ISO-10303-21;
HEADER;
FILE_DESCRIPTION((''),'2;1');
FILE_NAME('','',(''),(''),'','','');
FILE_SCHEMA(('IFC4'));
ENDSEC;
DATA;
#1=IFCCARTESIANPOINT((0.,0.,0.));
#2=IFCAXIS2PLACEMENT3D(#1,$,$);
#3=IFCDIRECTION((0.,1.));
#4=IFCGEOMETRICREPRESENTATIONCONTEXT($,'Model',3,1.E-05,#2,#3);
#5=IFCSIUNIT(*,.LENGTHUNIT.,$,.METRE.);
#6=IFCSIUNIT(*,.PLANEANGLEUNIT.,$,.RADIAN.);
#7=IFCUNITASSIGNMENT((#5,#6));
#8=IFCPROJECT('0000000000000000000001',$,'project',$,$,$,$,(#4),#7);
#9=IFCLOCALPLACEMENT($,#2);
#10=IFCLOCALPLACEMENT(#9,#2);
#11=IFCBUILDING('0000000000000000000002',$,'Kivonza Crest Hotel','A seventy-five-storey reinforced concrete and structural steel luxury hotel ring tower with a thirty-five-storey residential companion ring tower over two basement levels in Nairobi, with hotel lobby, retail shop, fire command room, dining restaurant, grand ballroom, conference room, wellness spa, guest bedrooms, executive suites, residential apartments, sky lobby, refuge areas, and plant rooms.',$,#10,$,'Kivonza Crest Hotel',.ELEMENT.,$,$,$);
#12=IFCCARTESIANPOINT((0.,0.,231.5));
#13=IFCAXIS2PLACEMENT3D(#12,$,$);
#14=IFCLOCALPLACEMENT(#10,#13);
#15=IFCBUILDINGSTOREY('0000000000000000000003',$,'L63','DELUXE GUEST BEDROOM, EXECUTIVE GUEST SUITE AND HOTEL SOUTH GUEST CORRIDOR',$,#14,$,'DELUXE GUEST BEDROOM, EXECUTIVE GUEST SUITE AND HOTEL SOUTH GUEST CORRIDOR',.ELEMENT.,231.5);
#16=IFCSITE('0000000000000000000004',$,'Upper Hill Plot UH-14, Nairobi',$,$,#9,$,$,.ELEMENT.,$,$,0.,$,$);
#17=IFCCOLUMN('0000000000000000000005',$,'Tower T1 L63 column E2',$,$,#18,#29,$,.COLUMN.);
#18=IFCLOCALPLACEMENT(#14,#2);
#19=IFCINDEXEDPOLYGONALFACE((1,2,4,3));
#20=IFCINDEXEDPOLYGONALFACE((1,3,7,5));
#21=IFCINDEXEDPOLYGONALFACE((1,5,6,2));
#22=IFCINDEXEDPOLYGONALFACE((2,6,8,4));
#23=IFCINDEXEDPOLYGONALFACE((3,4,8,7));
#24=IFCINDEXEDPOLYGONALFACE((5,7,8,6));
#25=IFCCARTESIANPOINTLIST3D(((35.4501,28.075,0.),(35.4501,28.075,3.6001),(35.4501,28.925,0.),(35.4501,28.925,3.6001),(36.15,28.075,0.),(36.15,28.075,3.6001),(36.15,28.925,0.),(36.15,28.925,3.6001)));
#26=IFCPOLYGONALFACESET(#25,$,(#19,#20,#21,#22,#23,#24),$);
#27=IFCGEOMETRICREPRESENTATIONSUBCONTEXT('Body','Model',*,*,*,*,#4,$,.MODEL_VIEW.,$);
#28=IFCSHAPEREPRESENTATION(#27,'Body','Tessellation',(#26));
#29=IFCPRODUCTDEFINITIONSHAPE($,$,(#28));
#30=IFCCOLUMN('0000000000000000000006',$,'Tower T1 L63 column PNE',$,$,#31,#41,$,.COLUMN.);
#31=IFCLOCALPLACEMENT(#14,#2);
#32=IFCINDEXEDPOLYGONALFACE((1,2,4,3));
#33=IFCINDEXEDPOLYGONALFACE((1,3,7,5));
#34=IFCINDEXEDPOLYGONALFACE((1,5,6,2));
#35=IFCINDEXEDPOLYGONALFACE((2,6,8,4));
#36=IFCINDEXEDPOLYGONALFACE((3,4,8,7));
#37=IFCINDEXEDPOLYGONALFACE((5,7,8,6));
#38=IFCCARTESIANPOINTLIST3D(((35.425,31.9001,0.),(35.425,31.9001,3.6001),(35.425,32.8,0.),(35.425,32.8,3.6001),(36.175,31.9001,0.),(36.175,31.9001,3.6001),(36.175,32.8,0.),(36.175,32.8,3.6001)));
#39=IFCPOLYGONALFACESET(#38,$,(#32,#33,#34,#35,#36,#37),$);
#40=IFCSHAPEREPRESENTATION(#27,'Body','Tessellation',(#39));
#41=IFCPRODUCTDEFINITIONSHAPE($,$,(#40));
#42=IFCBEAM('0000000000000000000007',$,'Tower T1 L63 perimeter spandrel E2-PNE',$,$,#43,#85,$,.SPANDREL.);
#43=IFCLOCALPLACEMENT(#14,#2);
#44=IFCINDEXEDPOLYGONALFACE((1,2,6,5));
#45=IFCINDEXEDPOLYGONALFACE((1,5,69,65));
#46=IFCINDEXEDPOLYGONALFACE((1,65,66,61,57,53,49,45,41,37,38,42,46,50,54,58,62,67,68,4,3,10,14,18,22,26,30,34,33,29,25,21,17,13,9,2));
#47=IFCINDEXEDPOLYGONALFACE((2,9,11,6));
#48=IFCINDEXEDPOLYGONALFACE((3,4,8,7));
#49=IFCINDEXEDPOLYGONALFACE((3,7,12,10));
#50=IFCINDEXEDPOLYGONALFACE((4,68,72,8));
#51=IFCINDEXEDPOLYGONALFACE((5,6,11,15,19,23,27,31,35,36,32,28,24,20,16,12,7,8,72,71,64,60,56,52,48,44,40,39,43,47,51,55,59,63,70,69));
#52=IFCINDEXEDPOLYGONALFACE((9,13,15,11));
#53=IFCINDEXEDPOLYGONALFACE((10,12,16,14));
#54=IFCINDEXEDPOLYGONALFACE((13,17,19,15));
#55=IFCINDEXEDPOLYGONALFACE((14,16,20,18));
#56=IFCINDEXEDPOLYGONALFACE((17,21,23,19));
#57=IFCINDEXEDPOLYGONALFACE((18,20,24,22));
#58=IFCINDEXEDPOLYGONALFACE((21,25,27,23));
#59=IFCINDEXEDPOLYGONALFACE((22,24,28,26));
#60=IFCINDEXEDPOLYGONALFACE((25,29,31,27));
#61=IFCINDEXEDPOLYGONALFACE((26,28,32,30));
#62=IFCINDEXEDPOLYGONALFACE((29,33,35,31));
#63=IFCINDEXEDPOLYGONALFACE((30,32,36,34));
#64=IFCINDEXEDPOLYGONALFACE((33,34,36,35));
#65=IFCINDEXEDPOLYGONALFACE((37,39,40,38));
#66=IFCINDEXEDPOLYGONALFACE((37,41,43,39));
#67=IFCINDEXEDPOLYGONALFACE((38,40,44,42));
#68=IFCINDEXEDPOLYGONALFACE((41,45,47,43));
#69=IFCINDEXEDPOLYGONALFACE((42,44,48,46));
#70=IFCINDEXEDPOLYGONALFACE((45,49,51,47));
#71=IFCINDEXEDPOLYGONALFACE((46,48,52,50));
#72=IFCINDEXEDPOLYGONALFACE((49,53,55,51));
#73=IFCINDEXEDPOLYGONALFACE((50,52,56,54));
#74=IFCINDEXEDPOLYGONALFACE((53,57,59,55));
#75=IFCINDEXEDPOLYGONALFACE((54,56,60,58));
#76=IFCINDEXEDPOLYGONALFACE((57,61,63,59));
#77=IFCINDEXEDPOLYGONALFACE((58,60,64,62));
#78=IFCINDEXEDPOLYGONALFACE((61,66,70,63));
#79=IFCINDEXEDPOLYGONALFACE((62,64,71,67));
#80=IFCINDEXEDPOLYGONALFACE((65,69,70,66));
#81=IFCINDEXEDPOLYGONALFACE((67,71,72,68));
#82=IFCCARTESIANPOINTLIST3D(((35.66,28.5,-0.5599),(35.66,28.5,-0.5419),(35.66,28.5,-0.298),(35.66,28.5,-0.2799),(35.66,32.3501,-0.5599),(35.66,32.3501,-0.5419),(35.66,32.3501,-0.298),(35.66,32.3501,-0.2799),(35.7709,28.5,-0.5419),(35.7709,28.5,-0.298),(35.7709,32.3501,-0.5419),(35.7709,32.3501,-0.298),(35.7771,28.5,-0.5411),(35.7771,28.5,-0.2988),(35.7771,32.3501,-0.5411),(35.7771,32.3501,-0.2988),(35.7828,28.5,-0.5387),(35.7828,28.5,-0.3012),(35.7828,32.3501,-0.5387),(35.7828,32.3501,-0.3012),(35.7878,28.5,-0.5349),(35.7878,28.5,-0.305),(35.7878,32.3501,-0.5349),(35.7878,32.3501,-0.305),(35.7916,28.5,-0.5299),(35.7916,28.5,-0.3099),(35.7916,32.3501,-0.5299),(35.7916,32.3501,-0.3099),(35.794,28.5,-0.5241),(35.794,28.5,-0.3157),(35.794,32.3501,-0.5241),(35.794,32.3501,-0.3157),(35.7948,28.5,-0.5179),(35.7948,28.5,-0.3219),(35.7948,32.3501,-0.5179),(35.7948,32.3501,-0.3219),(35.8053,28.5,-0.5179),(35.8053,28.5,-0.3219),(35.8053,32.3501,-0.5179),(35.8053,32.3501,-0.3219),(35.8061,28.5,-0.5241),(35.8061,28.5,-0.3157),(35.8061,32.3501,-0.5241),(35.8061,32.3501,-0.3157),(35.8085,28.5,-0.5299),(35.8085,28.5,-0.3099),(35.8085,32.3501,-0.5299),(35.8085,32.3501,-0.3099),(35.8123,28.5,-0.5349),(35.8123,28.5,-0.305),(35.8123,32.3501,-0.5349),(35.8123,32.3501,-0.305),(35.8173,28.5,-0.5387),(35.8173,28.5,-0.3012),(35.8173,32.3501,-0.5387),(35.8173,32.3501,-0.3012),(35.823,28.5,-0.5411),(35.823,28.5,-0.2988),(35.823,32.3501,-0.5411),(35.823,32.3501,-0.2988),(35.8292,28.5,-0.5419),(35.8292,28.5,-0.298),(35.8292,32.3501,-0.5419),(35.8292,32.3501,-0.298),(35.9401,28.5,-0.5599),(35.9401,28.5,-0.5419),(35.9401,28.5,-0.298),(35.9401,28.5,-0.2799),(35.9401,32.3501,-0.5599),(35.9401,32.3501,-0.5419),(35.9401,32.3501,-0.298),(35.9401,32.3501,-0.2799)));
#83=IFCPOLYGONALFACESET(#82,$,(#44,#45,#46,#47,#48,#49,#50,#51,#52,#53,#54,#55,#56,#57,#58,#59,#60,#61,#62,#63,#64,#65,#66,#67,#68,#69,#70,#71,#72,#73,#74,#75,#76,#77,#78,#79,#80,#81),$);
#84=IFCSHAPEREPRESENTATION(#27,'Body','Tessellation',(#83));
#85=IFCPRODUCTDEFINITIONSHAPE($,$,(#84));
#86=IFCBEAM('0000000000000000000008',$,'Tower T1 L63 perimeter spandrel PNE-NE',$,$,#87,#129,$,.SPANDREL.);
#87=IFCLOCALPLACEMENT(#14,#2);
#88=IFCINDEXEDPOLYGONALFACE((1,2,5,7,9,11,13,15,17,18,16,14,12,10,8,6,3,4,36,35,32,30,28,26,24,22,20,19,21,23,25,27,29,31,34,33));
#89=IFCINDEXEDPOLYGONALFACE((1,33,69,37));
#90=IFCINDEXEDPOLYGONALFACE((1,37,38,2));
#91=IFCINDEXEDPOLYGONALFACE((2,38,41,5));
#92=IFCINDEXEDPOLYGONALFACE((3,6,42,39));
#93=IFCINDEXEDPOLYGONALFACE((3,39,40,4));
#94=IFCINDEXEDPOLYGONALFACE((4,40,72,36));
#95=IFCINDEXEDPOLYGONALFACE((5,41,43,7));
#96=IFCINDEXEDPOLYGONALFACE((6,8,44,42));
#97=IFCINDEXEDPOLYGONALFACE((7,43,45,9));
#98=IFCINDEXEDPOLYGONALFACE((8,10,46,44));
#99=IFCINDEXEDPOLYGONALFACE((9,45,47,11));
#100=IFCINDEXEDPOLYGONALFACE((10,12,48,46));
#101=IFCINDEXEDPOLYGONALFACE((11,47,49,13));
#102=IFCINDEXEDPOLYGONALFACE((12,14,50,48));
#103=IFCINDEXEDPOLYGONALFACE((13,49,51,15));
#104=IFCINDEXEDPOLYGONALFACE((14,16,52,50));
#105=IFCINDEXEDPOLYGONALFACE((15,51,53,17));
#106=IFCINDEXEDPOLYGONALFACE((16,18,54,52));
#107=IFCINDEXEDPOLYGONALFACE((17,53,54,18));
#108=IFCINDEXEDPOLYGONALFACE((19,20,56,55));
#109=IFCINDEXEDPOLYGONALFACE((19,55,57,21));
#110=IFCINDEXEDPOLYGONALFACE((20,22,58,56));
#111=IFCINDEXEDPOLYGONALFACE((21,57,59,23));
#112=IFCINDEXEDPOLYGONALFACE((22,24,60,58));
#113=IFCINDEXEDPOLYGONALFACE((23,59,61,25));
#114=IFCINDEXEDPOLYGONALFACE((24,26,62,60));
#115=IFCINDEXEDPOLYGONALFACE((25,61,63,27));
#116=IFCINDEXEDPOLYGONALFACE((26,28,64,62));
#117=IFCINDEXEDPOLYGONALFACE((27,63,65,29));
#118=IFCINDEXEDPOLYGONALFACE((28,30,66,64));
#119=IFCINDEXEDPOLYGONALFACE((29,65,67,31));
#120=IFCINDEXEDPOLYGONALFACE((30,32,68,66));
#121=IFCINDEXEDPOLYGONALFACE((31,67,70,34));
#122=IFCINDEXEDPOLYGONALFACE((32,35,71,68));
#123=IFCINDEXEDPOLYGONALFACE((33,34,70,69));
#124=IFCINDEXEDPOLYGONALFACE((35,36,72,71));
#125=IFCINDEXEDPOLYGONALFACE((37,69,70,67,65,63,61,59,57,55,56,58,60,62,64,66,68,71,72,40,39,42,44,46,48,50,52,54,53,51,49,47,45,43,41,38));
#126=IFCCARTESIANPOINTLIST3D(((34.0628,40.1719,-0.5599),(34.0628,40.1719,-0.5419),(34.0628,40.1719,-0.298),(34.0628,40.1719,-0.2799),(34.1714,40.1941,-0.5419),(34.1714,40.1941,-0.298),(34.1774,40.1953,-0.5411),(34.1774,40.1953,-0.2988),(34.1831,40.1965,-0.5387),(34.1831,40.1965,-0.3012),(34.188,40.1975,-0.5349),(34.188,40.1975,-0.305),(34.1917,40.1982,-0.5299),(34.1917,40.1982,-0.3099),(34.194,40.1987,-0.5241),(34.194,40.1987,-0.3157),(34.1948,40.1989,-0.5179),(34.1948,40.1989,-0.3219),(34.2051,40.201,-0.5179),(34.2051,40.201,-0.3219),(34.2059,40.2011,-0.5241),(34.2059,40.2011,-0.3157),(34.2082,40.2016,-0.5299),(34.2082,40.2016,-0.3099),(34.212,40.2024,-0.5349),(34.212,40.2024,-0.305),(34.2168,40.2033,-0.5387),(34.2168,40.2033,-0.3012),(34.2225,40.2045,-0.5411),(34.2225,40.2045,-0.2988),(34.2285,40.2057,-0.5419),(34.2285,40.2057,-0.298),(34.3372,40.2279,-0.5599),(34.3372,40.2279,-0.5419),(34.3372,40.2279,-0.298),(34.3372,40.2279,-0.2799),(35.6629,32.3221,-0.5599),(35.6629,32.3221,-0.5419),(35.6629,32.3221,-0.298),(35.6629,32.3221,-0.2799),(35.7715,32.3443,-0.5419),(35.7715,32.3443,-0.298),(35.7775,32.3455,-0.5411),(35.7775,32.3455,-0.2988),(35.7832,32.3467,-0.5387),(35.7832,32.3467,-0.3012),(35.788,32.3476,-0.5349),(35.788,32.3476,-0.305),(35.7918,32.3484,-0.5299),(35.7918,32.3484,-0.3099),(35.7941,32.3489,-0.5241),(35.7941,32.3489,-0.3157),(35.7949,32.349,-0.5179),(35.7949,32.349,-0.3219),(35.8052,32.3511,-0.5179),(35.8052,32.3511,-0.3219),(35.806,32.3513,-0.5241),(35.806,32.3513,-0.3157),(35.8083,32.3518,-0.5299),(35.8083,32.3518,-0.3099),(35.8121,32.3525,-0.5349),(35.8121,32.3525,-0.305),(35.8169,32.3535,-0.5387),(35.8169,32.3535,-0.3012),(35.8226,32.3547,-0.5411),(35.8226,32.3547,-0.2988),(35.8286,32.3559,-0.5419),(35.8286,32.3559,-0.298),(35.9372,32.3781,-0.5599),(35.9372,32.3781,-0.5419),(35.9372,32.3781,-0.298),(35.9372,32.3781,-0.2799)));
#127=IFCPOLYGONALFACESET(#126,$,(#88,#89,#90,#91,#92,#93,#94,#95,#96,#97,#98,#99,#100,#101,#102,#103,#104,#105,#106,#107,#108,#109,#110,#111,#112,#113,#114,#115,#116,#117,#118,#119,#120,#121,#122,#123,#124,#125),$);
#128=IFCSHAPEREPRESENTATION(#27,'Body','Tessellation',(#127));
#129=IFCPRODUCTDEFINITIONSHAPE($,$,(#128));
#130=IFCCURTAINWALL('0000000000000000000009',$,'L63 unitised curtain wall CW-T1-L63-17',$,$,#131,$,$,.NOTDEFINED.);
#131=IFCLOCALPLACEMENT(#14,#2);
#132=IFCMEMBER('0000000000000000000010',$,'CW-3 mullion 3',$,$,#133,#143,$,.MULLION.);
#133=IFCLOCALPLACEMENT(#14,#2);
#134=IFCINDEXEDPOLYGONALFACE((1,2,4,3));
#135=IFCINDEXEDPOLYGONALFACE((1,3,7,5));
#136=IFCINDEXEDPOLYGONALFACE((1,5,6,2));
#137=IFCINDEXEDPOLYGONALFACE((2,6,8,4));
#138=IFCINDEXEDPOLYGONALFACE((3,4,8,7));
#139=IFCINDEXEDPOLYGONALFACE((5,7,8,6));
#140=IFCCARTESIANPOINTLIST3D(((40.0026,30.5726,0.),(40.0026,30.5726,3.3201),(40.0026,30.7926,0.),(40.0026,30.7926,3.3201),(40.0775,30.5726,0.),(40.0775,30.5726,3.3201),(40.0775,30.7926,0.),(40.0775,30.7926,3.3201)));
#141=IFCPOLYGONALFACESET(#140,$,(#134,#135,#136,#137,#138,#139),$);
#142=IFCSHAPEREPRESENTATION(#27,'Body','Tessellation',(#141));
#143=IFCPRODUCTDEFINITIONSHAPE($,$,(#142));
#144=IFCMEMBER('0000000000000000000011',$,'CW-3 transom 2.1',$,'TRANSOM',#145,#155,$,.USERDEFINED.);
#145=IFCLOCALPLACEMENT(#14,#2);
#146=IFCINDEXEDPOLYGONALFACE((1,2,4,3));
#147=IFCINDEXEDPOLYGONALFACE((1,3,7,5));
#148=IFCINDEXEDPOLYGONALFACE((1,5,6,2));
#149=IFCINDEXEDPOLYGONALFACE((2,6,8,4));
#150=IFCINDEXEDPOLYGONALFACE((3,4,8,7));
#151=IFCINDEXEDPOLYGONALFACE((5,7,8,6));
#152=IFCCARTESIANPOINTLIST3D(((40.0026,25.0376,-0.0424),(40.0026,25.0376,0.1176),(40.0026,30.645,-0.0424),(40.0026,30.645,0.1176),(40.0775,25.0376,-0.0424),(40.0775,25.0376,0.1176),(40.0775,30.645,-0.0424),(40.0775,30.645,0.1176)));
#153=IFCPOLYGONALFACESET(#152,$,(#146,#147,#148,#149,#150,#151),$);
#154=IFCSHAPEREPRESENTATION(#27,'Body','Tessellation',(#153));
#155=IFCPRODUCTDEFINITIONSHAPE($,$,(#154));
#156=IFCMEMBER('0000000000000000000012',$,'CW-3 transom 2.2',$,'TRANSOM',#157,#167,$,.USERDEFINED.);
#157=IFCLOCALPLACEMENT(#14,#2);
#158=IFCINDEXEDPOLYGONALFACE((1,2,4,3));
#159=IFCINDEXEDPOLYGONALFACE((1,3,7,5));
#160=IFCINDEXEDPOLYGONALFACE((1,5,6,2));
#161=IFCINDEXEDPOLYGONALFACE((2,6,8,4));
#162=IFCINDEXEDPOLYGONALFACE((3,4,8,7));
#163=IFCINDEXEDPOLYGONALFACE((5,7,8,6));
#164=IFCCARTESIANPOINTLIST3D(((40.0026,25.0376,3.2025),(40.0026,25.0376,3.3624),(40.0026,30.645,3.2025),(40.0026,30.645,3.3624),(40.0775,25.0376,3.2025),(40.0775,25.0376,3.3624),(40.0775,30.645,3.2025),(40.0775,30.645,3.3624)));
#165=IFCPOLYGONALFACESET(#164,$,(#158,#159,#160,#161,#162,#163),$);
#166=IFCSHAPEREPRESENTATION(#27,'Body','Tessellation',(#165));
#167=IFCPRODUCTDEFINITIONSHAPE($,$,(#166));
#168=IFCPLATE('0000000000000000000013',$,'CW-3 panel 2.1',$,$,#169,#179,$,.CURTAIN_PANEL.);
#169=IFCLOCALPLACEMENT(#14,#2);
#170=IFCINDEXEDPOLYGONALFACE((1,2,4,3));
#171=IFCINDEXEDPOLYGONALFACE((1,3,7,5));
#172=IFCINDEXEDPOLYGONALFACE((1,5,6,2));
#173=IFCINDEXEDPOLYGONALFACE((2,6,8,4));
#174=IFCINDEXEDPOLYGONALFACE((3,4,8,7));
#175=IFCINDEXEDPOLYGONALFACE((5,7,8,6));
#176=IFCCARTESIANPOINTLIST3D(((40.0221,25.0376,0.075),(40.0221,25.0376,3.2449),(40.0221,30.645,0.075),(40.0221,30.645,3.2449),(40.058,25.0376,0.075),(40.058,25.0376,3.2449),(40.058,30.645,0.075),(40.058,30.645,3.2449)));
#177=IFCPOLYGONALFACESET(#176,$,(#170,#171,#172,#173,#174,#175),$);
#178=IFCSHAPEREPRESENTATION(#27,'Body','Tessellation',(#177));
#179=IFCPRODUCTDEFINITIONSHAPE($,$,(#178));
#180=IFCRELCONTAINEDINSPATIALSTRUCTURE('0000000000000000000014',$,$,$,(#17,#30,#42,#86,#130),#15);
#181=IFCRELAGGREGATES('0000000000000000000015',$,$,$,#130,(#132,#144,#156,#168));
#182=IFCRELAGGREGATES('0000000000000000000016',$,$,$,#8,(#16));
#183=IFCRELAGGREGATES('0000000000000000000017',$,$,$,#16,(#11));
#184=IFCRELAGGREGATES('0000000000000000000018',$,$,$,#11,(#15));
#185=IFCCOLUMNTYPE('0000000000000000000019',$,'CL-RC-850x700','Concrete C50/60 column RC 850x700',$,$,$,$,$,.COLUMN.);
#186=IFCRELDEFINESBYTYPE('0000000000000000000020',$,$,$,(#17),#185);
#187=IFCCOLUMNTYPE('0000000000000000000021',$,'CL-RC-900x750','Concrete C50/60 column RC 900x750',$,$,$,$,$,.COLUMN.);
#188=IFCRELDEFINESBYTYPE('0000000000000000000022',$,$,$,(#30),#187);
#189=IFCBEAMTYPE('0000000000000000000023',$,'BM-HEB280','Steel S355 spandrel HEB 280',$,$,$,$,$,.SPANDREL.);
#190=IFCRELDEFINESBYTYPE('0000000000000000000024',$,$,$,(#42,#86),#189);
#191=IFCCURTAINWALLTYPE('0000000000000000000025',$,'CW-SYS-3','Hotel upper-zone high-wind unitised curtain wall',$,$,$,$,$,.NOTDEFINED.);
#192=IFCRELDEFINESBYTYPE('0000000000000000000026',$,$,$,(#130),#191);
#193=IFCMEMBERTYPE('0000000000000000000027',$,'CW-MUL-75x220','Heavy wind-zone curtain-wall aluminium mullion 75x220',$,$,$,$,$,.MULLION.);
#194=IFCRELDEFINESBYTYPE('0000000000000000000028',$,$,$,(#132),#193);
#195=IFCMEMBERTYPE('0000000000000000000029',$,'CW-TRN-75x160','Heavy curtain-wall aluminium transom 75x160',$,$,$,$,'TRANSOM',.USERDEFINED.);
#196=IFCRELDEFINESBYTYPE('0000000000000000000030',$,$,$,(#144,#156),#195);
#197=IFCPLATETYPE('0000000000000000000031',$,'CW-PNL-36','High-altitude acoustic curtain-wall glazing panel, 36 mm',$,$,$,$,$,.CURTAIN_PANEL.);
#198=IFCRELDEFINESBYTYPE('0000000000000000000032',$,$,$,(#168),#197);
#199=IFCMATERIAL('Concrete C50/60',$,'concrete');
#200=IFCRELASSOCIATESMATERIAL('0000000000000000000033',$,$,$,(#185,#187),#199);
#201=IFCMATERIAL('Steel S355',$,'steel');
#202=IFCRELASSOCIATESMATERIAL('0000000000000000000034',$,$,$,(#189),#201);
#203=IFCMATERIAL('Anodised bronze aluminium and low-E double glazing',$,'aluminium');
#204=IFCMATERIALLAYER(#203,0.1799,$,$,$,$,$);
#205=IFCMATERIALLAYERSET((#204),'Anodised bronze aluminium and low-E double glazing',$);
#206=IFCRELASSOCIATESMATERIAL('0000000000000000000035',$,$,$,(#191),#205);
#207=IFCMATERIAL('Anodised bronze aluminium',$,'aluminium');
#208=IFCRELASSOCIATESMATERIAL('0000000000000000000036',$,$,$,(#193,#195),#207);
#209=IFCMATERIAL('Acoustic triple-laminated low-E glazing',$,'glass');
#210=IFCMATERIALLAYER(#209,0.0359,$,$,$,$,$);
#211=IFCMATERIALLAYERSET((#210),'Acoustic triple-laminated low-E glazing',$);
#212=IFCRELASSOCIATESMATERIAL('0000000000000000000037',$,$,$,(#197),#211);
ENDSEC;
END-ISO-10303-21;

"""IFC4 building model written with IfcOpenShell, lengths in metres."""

from ifc_helpers import new_model, si_unit, direction, frame, origin, origin_2d, place, context, subcontext, project, spatial, rectangle, i_section, extrude, material, layer, layer_set, material_profile, profile_set, type_object, element, aggregate, save


model = new_model("IFC4")

# Units and contexts
model_context = context("Model", 3, precision=1e-05, world=origin(), true_north=direction((0.0, 1.0)))
body_context = subcontext(model_context, "Body", "Model", "MODEL_VIEW")
ifc_project = project(units=[si_unit("LENGTHUNIT", "METRE"), si_unit("PLANEANGLEUNIT", "RADIAN")], contexts=[model_context])

# Site, building, storey
site_placement = place(None, origin())
site = spatial("IfcSite", under=ifc_project, at=site_placement, Name="Upper Hill Plot UH-14, Nairobi", CompositionType="ELEMENT", RefElevation=0.0)
building_placement = place(site_placement, origin())
building = spatial("IfcBuilding", under=site, at=building_placement, Name="Kivonza Crest Hotel", Description="A seventy-five-storey reinforced concrete and structural steel luxury hotel ring tower with a thirty-five-storey residential companion ring tower over two basement levels in Nairobi, with hotel lobby, retail shop, fire command room, dining restaurant, grand ballroom, conference room, wellness spa, guest bedrooms, executive suites, residential apartments, sky lobby, refuge areas, and plant rooms.", LongName="Kivonza Crest Hotel", CompositionType="ELEMENT")
storey_placement = place(building_placement, frame((0.0, 0.0, 231.5)))
storey = spatial("IfcBuildingStorey", under=building, at=storey_placement, Name="L63", Description="DELUXE GUEST BEDROOM, EXECUTIVE GUEST SUITE AND HOTEL SOUTH GUEST CORRIDOR", LongName="DELUXE GUEST BEDROOM, EXECUTIVE GUEST SUITE AND HOTEL SOUTH GUEST CORRIDOR", CompositionType="ELEMENT", Elevation=231.5)

# Columns
ifc_material_1 = material(Name="Concrete C50/60", Category="concrete")
ifc_material_profile_1 = material_profile(ifc_material_1, rectangle(XDim=0.7, YDim=0.8501, at=origin_2d()), Name="RC 850x700")
ifc_profile_set_1 = profile_set([ifc_material_profile_1], Name="Concrete C50/60")
column_type_1 = type_object("IfcColumnType", Name="CL-RC-850x700", Description="Concrete C50/60 column RC 850x700", PredefinedType="COLUMN", material=ifc_profile_set_1)
column_1_placement = place(storey_placement, frame((35.8, 28.5, 0.0), z_axis=(0.0, 0.0, 1.0), x_axis=(1.0, 0.0, 0.0)))
element("IfcColumn", 1, at=column_1_placement, inside=storey, type_object=column_type_1, Name="Tower T1 L63 column E2", PredefinedType="COLUMN", context=body_context, shape_type="SweptSolid", body=[
    extrude(rectangle(XDim=0.7, YDim=0.8501, at=origin_2d()), origin(), (0.0, 0.0, 1.0), 3.6001),
])
ifc_material_profile_2 = material_profile(ifc_material_1, rectangle(XDim=0.75, YDim=0.8999, at=origin_2d()), Name="RC 900x750")
ifc_profile_set_2 = profile_set([ifc_material_profile_2], Name="Concrete C50/60")
column_type_2 = type_object("IfcColumnType", Name="CL-RC-900x750", Description="Concrete C50/60 column RC 900x750", PredefinedType="COLUMN", material=ifc_profile_set_2)
column_2_placement = place(storey_placement, frame((35.8, 32.3501, 0.0), z_axis=(0.0, 0.0, 1.0), x_axis=(1.0, 0.0, 0.0)))
element("IfcColumn", 2, at=column_2_placement, inside=storey, type_object=column_type_2, Name="Tower T1 L63 column PNE", PredefinedType="COLUMN", context=body_context, shape_type="SweptSolid", body=[
    extrude(rectangle(XDim=0.75, YDim=0.8999, at=origin_2d()), origin(), (0.0, 0.0, 1.0), 3.6001),
])

# Beams
ifc_material_2 = material(Name="Steel S355", Category="steel")
ifc_material_profile_3 = material_profile(ifc_material_2, i_section(OverallWidth=0.28, OverallDepth=0.28, WebThickness=0.0105, FlangeThickness=0.0181, FilletRadius=0.0239, at=origin_2d()), Name="HEB 280")
ifc_profile_set_3 = profile_set([ifc_material_profile_3], Name="Steel S355")
beam_type = type_object("IfcBeamType", Name="BM-HEB280", Description="Steel S355 spandrel HEB 280", PredefinedType="SPANDREL", material=ifc_profile_set_3)
beam_1_placement = place(storey_placement, frame((35.8, 28.5, -0.4199), z_axis=(0.0, 1.0, 0.0), x_axis=(-1.0, 0.0, 0.0)))
element("IfcBeam", 3, at=beam_1_placement, inside=storey, type_object=beam_type, Name="Tower T1 L63 perimeter spandrel E2-PNE", PredefinedType="SPANDREL", context=body_context, shape_type="SweptSolid", body=[
    extrude(i_section(OverallWidth=0.28, OverallDepth=0.28, WebThickness=0.0105, FlangeThickness=0.0181, FilletRadius=0.0239, at=origin_2d()), origin(), (0.0, 0.0, 1.0), 3.8501),
])
beam_2_placement = place(storey_placement, frame((35.8, 32.3501, -0.4199), z_axis=(-0.199731, 0.979851, 0.0), x_axis=(-0.979851, -0.199731, 0.0)))
element("IfcBeam", 4, at=beam_2_placement, inside=storey, type_object=beam_type, Name="Tower T1 L63 perimeter spandrel PNE-NE", PredefinedType="SPANDREL", context=body_context, shape_type="SweptSolid", body=[
    extrude(i_section(OverallWidth=0.28, OverallDepth=0.28, WebThickness=0.0105, FlangeThickness=0.0181, FilletRadius=0.0239, at=origin_2d()), origin(), (0.0, 0.0, 1.0), 8.0112),
])

# Curtain wall, members, plate
ifc_material_3 = material(Name="Anodised bronze aluminium and low-E double glazing", Category="aluminium")
ifc_layer_1 = layer(ifc_material_3, 0.1799)
ifc_layer_set_1 = layer_set([ifc_layer_1], Name="Anodised bronze aluminium and low-E double glazing")
curtain_wall_type = type_object("IfcCurtainWallType", Name="CW-SYS-3", Description="Hotel upper-zone high-wind unitised curtain wall", PredefinedType="NOTDEFINED", material=ifc_layer_set_1)
curtain_wall_placement = place(storey_placement, origin())
curtain_wall = element("IfcCurtainWall", 5, at=curtain_wall_placement, inside=storey, type_object=curtain_wall_type, Name="L63 unitised curtain wall CW-T1-L63-17", PredefinedType="NOTDEFINED")
ifc_material_4 = material(Name="Anodised bronze aluminium", Category="aluminium")
ifc_material_profile_4 = material_profile(ifc_material_4, rectangle(XDim=0.075, YDim=0.22, at=origin_2d()), Name="CW-M 75x220")
ifc_profile_set_4 = profile_set([ifc_material_profile_4], Name="Anodised bronze aluminium")
member_type_1 = type_object("IfcMemberType", Name="CW-MUL-75x220", Description="Heavy wind-zone curtain-wall aluminium mullion 75x220", PredefinedType="MULLION", material=ifc_profile_set_4)
member_1_placement = place(storey_placement, frame((40.04, 30.6826, 0.0), z_axis=(0.0, 0.0, 1.0), x_axis=(-1.0, 0.0, 0.0)))
member_1 = element("IfcMember", 6, at=member_1_placement, type_object=member_type_1, Name="CW-3 mullion 3", PredefinedType="MULLION", context=body_context, shape_type="SweptSolid", body=[
    extrude(rectangle(XDim=0.075, YDim=0.22, at=origin_2d()), origin(), (0.0, 0.0, 1.0), 3.3201),
])
ifc_material_profile_5 = material_profile(ifc_material_4, rectangle(XDim=0.075, YDim=0.1599, at=origin_2d()), Name="CW-T 75x160")
ifc_profile_set_5 = profile_set([ifc_material_profile_5], Name="Anodised bronze aluminium")
member_type_2 = type_object("IfcMemberType", Name="CW-TRN-75x160", Description="Heavy curtain-wall aluminium transom 75x160", ElementType="TRANSOM", PredefinedType="USERDEFINED", material=ifc_profile_set_5)
member_2_placement = place(storey_placement, frame((40.04, 25.0376, 0.0376), z_axis=(0.0, 1.0, 0.0), x_axis=(-1.0, 0.0, 0.0)))
member_2 = element("IfcMember", 7, at=member_2_placement, type_object=member_type_2, Name="CW-3 transom 2.1", ObjectType="TRANSOM", PredefinedType="USERDEFINED", context=body_context, shape_type="SweptSolid", body=[
    extrude(rectangle(XDim=0.075, YDim=0.1599, at=origin_2d()), origin(), (0.0, 0.0, 1.0), 5.6074),
])
member_3_placement = place(storey_placement, frame((40.04, 25.0376, 3.2825), z_axis=(0.0, 1.0, 0.0), x_axis=(-1.0, 0.0, 0.0)))
member_3 = element("IfcMember", 8, at=member_3_placement, type_object=member_type_2, Name="CW-3 transom 2.2", ObjectType="TRANSOM", PredefinedType="USERDEFINED", context=body_context, shape_type="SweptSolid", body=[
    extrude(rectangle(XDim=0.075, YDim=0.1599, at=origin_2d()), origin(), (0.0, 0.0, 1.0), 5.6074),
])
ifc_material_5 = material(Name="Acoustic triple-laminated low-E glazing", Category="glass")
ifc_layer_2 = layer(ifc_material_5, 0.0359)
ifc_layer_set_2 = layer_set([ifc_layer_2], Name="Acoustic triple-laminated low-E glazing")
plate_type = type_object("IfcPlateType", Name="CW-PNL-36", Description="High-altitude acoustic curtain-wall glazing panel, 36 mm", PredefinedType="CURTAIN_PANEL", material=ifc_layer_set_2)
plate_placement = place(storey_placement, frame((40.04, 27.8413, 0.075), z_axis=(0.0, 0.0, 1.0), x_axis=(0.0, 1.0, 0.0)))
plate = element("IfcPlate", 9, at=plate_placement, type_object=plate_type, Name="CW-3 panel 2.1", PredefinedType="CURTAIN_PANEL", context=body_context, shape_type="SweptSolid", body=[
    extrude(rectangle(XDim=5.6074, YDim=0.0359, at=origin_2d()), origin(), (0.0, 0.0, 1.0), 3.1699),
])
aggregate(curtain_wall, [member_1, member_2, member_3, plate])

save(model, "model.ifc")
